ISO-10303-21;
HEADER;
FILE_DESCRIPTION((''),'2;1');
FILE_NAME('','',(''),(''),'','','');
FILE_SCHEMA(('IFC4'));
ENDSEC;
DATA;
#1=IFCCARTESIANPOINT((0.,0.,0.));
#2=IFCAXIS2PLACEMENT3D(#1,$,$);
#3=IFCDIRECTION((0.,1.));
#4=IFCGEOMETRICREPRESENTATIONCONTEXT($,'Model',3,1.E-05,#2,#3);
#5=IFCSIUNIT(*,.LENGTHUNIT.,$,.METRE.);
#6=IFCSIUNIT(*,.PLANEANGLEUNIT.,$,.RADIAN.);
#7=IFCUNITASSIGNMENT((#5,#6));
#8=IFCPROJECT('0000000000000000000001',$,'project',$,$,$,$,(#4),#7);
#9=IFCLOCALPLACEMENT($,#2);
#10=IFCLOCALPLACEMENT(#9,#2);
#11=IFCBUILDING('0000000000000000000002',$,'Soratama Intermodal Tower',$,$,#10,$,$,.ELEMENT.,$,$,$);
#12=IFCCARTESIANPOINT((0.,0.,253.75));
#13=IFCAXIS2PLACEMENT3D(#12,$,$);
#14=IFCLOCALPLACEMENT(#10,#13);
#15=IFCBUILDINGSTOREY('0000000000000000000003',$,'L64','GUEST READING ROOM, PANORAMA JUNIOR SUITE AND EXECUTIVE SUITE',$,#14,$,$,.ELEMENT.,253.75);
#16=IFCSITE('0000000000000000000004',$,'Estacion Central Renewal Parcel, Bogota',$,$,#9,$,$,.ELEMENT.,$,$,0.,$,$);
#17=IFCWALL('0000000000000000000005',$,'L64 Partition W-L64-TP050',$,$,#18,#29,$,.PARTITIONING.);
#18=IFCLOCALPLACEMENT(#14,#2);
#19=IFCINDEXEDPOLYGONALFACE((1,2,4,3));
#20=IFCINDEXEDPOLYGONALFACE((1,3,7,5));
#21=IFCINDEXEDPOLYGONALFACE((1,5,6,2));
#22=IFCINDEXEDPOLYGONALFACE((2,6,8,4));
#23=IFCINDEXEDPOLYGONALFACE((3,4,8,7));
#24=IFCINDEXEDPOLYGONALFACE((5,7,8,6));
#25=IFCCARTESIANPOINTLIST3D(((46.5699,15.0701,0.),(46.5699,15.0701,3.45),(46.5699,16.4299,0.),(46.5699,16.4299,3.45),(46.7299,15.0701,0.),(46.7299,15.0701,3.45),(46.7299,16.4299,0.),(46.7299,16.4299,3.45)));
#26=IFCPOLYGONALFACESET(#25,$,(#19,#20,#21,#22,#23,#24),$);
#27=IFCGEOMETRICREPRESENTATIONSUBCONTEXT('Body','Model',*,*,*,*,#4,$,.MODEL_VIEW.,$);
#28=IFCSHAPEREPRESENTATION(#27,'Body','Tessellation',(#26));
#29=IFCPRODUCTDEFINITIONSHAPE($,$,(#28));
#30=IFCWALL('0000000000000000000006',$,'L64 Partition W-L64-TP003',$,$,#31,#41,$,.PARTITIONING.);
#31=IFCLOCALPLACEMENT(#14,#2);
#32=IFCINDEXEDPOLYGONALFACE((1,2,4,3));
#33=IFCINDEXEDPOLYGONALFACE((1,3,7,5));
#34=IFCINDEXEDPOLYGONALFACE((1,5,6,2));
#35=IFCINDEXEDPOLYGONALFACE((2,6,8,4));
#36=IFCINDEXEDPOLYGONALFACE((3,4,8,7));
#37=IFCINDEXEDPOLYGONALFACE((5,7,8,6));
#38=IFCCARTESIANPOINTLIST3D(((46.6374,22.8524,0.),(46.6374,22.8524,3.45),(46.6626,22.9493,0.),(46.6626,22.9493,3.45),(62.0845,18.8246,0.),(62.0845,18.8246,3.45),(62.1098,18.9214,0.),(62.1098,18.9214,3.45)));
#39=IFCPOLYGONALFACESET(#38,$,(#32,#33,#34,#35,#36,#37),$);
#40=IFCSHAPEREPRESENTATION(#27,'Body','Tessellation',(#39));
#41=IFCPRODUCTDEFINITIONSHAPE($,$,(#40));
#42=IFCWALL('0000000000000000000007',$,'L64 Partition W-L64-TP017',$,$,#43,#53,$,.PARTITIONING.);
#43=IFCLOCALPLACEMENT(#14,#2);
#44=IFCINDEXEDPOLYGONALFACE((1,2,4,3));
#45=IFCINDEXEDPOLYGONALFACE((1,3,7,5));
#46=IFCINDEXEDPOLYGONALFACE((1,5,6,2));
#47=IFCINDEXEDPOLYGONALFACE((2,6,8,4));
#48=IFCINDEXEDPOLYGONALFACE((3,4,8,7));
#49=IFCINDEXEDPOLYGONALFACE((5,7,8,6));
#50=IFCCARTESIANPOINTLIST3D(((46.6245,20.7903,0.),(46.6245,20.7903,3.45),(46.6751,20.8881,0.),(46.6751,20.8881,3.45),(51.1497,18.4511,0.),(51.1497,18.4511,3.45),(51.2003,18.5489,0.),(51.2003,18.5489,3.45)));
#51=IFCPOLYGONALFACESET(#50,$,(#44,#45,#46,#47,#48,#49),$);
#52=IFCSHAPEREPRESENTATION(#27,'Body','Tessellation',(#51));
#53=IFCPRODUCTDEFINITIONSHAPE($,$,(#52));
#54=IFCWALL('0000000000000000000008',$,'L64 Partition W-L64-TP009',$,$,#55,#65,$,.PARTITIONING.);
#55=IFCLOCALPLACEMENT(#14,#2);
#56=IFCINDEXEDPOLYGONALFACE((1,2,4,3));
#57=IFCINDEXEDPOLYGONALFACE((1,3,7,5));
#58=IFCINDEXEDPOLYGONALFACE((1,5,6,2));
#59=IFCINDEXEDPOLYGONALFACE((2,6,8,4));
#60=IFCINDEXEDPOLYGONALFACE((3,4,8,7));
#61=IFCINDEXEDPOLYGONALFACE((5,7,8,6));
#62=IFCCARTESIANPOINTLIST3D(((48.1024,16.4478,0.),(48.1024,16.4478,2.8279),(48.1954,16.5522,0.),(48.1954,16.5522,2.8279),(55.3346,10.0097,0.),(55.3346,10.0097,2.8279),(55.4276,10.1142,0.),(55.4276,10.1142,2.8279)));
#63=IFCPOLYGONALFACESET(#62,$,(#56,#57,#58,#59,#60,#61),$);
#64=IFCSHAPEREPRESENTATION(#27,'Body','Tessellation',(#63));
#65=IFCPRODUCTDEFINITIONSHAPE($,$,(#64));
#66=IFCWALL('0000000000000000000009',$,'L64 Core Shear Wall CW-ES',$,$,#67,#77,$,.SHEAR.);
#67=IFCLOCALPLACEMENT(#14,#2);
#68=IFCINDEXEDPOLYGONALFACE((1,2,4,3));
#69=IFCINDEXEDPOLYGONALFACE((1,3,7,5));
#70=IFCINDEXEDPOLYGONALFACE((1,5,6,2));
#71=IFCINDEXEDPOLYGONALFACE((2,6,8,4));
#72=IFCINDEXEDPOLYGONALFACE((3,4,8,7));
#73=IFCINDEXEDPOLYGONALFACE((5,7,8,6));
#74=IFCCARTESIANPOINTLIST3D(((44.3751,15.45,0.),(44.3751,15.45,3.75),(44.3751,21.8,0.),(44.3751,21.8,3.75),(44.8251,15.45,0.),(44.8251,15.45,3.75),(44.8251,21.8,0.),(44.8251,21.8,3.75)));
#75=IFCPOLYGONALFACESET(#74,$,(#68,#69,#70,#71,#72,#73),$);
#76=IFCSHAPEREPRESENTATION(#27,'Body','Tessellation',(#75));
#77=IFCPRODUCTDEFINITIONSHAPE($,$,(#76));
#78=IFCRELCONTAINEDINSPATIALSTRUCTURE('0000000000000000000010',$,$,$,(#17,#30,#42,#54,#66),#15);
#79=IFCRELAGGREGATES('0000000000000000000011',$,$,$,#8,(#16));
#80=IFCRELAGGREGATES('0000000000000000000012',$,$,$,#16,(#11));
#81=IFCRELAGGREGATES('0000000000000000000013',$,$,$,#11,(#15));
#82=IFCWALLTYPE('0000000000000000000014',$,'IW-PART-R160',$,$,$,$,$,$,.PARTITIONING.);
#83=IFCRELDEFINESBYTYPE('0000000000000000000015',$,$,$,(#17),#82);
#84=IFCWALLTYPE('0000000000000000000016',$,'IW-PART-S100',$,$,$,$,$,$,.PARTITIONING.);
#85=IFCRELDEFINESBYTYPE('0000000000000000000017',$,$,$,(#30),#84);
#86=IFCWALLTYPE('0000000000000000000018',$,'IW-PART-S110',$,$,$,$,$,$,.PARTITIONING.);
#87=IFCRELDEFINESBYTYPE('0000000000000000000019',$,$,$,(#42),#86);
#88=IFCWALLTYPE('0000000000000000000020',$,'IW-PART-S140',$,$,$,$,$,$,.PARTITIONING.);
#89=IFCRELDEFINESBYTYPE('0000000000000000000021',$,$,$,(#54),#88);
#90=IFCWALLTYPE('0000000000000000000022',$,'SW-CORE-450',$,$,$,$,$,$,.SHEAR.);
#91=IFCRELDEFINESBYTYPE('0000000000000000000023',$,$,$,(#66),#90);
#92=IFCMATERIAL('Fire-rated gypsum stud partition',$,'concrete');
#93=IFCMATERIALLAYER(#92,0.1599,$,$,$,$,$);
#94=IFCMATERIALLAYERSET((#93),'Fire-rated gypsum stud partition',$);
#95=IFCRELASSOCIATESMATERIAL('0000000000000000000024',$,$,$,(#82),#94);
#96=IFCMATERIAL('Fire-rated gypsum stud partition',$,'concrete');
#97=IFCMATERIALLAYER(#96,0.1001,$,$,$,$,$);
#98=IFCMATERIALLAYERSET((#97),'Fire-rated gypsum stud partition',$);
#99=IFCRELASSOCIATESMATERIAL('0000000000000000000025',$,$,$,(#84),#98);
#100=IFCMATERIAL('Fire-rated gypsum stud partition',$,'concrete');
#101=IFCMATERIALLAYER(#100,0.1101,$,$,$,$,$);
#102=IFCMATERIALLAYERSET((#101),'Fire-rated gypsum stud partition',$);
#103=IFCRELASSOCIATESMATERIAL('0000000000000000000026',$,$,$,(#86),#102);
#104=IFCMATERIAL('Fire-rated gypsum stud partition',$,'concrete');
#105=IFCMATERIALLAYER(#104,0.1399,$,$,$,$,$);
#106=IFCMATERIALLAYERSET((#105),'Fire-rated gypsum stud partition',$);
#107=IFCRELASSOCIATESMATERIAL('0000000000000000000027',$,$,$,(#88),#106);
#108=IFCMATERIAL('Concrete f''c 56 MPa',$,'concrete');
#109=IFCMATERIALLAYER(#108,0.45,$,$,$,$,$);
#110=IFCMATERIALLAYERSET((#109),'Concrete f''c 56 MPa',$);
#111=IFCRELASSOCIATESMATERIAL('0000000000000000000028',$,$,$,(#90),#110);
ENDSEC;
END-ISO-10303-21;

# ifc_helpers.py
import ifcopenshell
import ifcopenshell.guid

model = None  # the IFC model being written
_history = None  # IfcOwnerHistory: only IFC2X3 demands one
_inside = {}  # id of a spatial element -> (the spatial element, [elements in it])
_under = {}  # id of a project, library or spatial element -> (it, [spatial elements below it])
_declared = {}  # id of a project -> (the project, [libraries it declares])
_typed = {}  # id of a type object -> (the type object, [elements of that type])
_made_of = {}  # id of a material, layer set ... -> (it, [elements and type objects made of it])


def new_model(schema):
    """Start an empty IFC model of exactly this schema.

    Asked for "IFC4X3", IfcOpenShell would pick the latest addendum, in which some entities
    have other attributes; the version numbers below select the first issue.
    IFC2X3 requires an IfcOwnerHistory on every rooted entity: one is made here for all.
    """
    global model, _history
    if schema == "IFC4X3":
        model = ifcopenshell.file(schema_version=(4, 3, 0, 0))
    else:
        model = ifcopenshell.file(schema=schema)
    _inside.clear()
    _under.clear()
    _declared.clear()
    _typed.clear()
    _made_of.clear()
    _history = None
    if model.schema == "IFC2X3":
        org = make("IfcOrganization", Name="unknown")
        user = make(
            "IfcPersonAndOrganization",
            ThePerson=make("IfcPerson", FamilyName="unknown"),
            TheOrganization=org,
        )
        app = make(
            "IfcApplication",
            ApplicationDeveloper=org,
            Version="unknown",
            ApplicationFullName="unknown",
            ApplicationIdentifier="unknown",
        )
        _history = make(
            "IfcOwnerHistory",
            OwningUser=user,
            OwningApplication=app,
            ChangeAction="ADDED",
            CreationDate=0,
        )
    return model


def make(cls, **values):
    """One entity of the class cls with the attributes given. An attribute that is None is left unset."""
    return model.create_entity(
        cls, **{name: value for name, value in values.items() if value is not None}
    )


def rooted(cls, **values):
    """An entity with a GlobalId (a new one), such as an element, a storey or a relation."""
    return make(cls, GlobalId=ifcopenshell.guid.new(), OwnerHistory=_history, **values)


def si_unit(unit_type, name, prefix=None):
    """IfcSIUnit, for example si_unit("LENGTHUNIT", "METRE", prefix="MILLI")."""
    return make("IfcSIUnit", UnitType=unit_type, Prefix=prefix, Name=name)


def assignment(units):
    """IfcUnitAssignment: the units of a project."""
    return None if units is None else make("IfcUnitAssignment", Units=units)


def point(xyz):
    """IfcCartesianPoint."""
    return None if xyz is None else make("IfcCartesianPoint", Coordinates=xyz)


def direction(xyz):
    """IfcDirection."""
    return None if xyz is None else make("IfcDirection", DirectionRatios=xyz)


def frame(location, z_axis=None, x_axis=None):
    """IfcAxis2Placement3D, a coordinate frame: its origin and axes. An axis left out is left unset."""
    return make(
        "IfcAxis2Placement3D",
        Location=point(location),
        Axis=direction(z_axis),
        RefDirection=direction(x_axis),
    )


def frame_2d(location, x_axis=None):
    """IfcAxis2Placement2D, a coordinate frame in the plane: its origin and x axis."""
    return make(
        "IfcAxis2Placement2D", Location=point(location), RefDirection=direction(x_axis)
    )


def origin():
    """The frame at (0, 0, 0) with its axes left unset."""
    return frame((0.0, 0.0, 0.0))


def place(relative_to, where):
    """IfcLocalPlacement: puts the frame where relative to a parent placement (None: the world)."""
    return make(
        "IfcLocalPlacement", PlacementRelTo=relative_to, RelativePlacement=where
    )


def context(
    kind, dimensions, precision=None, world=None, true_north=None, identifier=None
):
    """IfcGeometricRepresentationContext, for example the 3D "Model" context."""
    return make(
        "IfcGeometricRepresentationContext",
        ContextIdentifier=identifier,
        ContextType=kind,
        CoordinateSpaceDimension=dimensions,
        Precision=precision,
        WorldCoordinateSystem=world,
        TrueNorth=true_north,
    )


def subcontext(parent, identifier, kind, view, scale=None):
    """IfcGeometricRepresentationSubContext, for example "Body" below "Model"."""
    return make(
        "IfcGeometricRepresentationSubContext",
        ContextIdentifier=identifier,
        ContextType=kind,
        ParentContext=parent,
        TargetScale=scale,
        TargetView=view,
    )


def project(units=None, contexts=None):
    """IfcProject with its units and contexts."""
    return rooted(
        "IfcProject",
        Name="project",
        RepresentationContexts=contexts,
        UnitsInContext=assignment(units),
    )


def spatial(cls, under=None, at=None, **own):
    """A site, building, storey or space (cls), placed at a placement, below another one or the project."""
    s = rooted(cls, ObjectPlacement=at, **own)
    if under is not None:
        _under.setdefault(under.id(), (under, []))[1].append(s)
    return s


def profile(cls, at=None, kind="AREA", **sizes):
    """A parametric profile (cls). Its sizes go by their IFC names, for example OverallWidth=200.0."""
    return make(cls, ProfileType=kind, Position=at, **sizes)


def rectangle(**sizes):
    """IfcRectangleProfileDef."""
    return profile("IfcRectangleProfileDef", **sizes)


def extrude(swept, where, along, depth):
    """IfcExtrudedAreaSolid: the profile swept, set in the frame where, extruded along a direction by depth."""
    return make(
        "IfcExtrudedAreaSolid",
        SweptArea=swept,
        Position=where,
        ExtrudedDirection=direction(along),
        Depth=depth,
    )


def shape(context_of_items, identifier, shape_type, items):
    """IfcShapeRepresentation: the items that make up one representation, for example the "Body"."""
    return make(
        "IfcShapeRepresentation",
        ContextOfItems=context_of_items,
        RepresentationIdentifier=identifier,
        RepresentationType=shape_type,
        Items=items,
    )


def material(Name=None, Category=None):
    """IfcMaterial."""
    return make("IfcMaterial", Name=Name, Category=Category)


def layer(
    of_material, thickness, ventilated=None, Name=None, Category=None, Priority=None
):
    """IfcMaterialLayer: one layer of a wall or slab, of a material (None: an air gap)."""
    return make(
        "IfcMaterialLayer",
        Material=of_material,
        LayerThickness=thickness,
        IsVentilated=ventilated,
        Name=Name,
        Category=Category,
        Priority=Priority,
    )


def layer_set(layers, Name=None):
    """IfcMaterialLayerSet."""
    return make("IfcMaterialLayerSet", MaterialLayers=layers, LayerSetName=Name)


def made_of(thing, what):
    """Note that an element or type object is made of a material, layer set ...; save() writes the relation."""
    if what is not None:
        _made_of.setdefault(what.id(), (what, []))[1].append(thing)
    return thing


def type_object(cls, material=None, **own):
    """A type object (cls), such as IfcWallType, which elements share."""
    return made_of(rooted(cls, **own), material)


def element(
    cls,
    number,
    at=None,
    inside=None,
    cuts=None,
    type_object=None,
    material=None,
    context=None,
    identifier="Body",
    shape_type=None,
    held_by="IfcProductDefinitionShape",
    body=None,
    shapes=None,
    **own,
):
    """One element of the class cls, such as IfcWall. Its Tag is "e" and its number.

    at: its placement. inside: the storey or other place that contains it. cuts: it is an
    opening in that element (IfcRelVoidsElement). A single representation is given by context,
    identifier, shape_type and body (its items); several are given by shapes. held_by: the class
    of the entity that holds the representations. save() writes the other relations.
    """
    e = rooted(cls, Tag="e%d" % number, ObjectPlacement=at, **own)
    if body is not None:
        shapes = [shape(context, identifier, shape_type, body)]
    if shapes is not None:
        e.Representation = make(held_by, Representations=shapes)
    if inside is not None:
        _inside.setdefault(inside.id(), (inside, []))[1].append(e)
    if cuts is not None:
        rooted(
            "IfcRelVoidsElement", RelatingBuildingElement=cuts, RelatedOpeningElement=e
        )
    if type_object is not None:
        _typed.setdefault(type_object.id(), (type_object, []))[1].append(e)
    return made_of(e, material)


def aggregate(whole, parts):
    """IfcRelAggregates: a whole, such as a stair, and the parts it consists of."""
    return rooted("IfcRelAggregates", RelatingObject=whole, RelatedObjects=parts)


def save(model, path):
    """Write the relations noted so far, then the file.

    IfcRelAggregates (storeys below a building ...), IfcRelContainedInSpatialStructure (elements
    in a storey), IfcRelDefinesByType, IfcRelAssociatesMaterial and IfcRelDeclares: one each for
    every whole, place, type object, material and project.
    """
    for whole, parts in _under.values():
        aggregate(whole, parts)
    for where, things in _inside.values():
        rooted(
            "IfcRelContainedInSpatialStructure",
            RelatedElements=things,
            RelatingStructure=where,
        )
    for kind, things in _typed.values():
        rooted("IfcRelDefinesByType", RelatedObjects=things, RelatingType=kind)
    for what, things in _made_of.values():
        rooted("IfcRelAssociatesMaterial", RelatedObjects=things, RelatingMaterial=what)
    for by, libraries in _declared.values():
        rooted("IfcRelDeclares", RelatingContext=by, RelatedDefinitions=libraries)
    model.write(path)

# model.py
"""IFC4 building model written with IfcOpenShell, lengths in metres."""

from ifc_helpers import new_model, si_unit, direction, frame, frame_2d, origin, place, context, subcontext, project, spatial, rectangle, extrude, material, layer, layer_set, type_object, element, save


model = new_model("IFC4")

# Units and contexts
model_context = context("Model", 3, precision=1e-05, world=origin(), true_north=direction((0.0, 1.0)))
body_context = subcontext(model_context, "Body", "Model", "MODEL_VIEW")
ifc_project = project(units=[si_unit("LENGTHUNIT", "METRE"), si_unit("PLANEANGLEUNIT", "RADIAN")], contexts=[model_context])

# Site, building, storey
site_placement = place(None, origin())
site = spatial("IfcSite", under=ifc_project, at=site_placement, Name="Estacion Central Renewal Parcel, Bogota", CompositionType="ELEMENT", RefElevation=0.0)
building_placement = place(site_placement, origin())
building = spatial("IfcBuilding", under=site, at=building_placement, Name="Soratama Intermodal Tower", CompositionType="ELEMENT")
storey_placement = place(building_placement, frame((0.0, 0.0, 253.75)))
storey = spatial("IfcBuildingStorey", under=building, at=storey_placement, Name="L64", Description="GUEST READING ROOM, PANORAMA JUNIOR SUITE AND EXECUTIVE SUITE", CompositionType="ELEMENT", Elevation=253.75)

# Shared definitions
ifc_material_1 = material(Name="Fire-rated gypsum stud partition", Category="concrete")
ifc_layer_1 = layer(ifc_material_1, 0.1599)
ifc_layer_set_1 = layer_set([ifc_layer_1], Name="Fire-rated gypsum stud partition")
wall_type_1 = type_object("IfcWallType", Name="IW-PART-R160", PredefinedType="PARTITIONING", material=ifc_layer_set_1)

# Walls
wall_1_placement = place(storey_placement, frame((46.6499, 16.4299, 0.0), z_axis=(0.0, 0.0, 1.0), x_axis=(0.0, -1.0, 0.0)))
element("IfcWall", 1, at=wall_1_placement, inside=storey, type_object=wall_type_1, Name="L64 Partition W-L64-TP050", PredefinedType="PARTITIONING", context=body_context, shape_type="SweptSolid", body=[
    extrude(rectangle(XDim=1.3599, YDim=0.1599, at=frame_2d((0.6799, 0.0))), origin(), (0.0, 0.0, 1.0), 3.45),
])
ifc_material_2 = material(Name="Fire-rated gypsum stud partition", Category="concrete")
ifc_layer_2 = layer(ifc_material_2, 0.1001)
ifc_layer_set_2 = layer_set([ifc_layer_2], Name="Fire-rated gypsum stud partition")
wall_type_2 = type_object("IfcWallType", Name="IW-PART-S100", PredefinedType="PARTITIONING", material=ifc_layer_set_2)
wall_2_placement = place(storey_placement, frame((46.6499, 22.9009, 0.0), z_axis=(0.0, 0.0, 1.0), x_axis=(0.967645, -0.252315, 0.0)))
element("IfcWall", 2, at=wall_2_placement, inside=storey, type_object=wall_type_2, Name="L64 Partition W-L64-TP003", PredefinedType="PARTITIONING", context=body_context, shape_type="SweptSolid", body=[
    extrude(rectangle(XDim=15.9636, YDim=0.1001, at=frame_2d((7.9819, 0.0))), origin(), (0.0, 0.0, 1.0), 3.45),
])
ifc_material_3 = material(Name="Fire-rated gypsum stud partition", Category="concrete")
ifc_layer_3 = layer(ifc_material_3, 0.1101)
ifc_layer_set_3 = layer_set([ifc_layer_3], Name="Fire-rated gypsum stud partition")
wall_type_3 = type_object("IfcWallType", Name="IW-PART-S110", PredefinedType="PARTITIONING", material=ifc_layer_set_3)
wall_3_placement = place(storey_placement, frame((46.6499, 20.8391, 0.0), z_axis=(0.0, 0.0, 1.0), x_axis=(0.888336, -0.459193, 0.0)))
element("IfcWall", 3, at=wall_3_placement, inside=storey, type_object=wall_type_3, Name="L64 Partition W-L64-TP017", PredefinedType="PARTITIONING", context=body_context, shape_type="SweptSolid", body=[
    extrude(rectangle(XDim=5.094, YDim=0.1101, at=frame_2d((2.5469, 0.0))), origin(), (0.0, 0.0, 1.0), 3.45),
])
ifc_material_4 = material(Name="Fire-rated gypsum stud partition", Category="concrete")
ifc_layer_4 = layer(ifc_material_4, 0.1399)
ifc_layer_set_4 = layer_set([ifc_layer_4], Name="Fire-rated gypsum stud partition")
wall_type_4 = type_object("IfcWallType", Name="IW-PART-S140", PredefinedType="PARTITIONING", material=ifc_layer_set_4)
wall_4_placement = place(storey_placement, frame((48.1489, 16.5, 0.0), z_axis=(0.0, 0.0, 1.0), x_axis=(0.746928, -0.664905, 0.0)))
element("IfcWall", 4, at=wall_4_placement, inside=storey, type_object=wall_type_4, Name="L64 Partition W-L64-TP009", PredefinedType="PARTITIONING", context=body_context, shape_type="SweptSolid", body=[
    extrude(rectangle(XDim=9.6826, YDim=0.1399, at=frame_2d((4.8413, 0.0))), origin(), (0.0, 0.0, 1.0), 2.8279),
])
ifc_material_5 = material(Name="Concrete f'c 56 MPa", Category="concrete")
ifc_layer_5 = layer(ifc_material_5, 0.45)
ifc_layer_set_5 = layer_set([ifc_layer_5], Name="Concrete f'c 56 MPa")
wall_type_5 = type_object("IfcWallType", Name="SW-CORE-450", PredefinedType="SHEAR", material=ifc_layer_set_5)
wall_5_placement = place(storey_placement, frame((44.6001, 15.45, 0.0), z_axis=(0.0, 0.0, 1.0), x_axis=(0.0, 1.0, 0.0)))
element("IfcWall", 5, at=wall_5_placement, inside=storey, type_object=wall_type_5, Name="L64 Core Shear Wall CW-ES", PredefinedType="SHEAR", context=body_context, shape_type="SweptSolid", body=[
    extrude(rectangle(XDim=6.3501, YDim=0.45, at=frame_2d((3.175, 0.0))), origin(), (0.0, 0.0, 1.0), 3.75),
])

save(model, "model.ifc")
